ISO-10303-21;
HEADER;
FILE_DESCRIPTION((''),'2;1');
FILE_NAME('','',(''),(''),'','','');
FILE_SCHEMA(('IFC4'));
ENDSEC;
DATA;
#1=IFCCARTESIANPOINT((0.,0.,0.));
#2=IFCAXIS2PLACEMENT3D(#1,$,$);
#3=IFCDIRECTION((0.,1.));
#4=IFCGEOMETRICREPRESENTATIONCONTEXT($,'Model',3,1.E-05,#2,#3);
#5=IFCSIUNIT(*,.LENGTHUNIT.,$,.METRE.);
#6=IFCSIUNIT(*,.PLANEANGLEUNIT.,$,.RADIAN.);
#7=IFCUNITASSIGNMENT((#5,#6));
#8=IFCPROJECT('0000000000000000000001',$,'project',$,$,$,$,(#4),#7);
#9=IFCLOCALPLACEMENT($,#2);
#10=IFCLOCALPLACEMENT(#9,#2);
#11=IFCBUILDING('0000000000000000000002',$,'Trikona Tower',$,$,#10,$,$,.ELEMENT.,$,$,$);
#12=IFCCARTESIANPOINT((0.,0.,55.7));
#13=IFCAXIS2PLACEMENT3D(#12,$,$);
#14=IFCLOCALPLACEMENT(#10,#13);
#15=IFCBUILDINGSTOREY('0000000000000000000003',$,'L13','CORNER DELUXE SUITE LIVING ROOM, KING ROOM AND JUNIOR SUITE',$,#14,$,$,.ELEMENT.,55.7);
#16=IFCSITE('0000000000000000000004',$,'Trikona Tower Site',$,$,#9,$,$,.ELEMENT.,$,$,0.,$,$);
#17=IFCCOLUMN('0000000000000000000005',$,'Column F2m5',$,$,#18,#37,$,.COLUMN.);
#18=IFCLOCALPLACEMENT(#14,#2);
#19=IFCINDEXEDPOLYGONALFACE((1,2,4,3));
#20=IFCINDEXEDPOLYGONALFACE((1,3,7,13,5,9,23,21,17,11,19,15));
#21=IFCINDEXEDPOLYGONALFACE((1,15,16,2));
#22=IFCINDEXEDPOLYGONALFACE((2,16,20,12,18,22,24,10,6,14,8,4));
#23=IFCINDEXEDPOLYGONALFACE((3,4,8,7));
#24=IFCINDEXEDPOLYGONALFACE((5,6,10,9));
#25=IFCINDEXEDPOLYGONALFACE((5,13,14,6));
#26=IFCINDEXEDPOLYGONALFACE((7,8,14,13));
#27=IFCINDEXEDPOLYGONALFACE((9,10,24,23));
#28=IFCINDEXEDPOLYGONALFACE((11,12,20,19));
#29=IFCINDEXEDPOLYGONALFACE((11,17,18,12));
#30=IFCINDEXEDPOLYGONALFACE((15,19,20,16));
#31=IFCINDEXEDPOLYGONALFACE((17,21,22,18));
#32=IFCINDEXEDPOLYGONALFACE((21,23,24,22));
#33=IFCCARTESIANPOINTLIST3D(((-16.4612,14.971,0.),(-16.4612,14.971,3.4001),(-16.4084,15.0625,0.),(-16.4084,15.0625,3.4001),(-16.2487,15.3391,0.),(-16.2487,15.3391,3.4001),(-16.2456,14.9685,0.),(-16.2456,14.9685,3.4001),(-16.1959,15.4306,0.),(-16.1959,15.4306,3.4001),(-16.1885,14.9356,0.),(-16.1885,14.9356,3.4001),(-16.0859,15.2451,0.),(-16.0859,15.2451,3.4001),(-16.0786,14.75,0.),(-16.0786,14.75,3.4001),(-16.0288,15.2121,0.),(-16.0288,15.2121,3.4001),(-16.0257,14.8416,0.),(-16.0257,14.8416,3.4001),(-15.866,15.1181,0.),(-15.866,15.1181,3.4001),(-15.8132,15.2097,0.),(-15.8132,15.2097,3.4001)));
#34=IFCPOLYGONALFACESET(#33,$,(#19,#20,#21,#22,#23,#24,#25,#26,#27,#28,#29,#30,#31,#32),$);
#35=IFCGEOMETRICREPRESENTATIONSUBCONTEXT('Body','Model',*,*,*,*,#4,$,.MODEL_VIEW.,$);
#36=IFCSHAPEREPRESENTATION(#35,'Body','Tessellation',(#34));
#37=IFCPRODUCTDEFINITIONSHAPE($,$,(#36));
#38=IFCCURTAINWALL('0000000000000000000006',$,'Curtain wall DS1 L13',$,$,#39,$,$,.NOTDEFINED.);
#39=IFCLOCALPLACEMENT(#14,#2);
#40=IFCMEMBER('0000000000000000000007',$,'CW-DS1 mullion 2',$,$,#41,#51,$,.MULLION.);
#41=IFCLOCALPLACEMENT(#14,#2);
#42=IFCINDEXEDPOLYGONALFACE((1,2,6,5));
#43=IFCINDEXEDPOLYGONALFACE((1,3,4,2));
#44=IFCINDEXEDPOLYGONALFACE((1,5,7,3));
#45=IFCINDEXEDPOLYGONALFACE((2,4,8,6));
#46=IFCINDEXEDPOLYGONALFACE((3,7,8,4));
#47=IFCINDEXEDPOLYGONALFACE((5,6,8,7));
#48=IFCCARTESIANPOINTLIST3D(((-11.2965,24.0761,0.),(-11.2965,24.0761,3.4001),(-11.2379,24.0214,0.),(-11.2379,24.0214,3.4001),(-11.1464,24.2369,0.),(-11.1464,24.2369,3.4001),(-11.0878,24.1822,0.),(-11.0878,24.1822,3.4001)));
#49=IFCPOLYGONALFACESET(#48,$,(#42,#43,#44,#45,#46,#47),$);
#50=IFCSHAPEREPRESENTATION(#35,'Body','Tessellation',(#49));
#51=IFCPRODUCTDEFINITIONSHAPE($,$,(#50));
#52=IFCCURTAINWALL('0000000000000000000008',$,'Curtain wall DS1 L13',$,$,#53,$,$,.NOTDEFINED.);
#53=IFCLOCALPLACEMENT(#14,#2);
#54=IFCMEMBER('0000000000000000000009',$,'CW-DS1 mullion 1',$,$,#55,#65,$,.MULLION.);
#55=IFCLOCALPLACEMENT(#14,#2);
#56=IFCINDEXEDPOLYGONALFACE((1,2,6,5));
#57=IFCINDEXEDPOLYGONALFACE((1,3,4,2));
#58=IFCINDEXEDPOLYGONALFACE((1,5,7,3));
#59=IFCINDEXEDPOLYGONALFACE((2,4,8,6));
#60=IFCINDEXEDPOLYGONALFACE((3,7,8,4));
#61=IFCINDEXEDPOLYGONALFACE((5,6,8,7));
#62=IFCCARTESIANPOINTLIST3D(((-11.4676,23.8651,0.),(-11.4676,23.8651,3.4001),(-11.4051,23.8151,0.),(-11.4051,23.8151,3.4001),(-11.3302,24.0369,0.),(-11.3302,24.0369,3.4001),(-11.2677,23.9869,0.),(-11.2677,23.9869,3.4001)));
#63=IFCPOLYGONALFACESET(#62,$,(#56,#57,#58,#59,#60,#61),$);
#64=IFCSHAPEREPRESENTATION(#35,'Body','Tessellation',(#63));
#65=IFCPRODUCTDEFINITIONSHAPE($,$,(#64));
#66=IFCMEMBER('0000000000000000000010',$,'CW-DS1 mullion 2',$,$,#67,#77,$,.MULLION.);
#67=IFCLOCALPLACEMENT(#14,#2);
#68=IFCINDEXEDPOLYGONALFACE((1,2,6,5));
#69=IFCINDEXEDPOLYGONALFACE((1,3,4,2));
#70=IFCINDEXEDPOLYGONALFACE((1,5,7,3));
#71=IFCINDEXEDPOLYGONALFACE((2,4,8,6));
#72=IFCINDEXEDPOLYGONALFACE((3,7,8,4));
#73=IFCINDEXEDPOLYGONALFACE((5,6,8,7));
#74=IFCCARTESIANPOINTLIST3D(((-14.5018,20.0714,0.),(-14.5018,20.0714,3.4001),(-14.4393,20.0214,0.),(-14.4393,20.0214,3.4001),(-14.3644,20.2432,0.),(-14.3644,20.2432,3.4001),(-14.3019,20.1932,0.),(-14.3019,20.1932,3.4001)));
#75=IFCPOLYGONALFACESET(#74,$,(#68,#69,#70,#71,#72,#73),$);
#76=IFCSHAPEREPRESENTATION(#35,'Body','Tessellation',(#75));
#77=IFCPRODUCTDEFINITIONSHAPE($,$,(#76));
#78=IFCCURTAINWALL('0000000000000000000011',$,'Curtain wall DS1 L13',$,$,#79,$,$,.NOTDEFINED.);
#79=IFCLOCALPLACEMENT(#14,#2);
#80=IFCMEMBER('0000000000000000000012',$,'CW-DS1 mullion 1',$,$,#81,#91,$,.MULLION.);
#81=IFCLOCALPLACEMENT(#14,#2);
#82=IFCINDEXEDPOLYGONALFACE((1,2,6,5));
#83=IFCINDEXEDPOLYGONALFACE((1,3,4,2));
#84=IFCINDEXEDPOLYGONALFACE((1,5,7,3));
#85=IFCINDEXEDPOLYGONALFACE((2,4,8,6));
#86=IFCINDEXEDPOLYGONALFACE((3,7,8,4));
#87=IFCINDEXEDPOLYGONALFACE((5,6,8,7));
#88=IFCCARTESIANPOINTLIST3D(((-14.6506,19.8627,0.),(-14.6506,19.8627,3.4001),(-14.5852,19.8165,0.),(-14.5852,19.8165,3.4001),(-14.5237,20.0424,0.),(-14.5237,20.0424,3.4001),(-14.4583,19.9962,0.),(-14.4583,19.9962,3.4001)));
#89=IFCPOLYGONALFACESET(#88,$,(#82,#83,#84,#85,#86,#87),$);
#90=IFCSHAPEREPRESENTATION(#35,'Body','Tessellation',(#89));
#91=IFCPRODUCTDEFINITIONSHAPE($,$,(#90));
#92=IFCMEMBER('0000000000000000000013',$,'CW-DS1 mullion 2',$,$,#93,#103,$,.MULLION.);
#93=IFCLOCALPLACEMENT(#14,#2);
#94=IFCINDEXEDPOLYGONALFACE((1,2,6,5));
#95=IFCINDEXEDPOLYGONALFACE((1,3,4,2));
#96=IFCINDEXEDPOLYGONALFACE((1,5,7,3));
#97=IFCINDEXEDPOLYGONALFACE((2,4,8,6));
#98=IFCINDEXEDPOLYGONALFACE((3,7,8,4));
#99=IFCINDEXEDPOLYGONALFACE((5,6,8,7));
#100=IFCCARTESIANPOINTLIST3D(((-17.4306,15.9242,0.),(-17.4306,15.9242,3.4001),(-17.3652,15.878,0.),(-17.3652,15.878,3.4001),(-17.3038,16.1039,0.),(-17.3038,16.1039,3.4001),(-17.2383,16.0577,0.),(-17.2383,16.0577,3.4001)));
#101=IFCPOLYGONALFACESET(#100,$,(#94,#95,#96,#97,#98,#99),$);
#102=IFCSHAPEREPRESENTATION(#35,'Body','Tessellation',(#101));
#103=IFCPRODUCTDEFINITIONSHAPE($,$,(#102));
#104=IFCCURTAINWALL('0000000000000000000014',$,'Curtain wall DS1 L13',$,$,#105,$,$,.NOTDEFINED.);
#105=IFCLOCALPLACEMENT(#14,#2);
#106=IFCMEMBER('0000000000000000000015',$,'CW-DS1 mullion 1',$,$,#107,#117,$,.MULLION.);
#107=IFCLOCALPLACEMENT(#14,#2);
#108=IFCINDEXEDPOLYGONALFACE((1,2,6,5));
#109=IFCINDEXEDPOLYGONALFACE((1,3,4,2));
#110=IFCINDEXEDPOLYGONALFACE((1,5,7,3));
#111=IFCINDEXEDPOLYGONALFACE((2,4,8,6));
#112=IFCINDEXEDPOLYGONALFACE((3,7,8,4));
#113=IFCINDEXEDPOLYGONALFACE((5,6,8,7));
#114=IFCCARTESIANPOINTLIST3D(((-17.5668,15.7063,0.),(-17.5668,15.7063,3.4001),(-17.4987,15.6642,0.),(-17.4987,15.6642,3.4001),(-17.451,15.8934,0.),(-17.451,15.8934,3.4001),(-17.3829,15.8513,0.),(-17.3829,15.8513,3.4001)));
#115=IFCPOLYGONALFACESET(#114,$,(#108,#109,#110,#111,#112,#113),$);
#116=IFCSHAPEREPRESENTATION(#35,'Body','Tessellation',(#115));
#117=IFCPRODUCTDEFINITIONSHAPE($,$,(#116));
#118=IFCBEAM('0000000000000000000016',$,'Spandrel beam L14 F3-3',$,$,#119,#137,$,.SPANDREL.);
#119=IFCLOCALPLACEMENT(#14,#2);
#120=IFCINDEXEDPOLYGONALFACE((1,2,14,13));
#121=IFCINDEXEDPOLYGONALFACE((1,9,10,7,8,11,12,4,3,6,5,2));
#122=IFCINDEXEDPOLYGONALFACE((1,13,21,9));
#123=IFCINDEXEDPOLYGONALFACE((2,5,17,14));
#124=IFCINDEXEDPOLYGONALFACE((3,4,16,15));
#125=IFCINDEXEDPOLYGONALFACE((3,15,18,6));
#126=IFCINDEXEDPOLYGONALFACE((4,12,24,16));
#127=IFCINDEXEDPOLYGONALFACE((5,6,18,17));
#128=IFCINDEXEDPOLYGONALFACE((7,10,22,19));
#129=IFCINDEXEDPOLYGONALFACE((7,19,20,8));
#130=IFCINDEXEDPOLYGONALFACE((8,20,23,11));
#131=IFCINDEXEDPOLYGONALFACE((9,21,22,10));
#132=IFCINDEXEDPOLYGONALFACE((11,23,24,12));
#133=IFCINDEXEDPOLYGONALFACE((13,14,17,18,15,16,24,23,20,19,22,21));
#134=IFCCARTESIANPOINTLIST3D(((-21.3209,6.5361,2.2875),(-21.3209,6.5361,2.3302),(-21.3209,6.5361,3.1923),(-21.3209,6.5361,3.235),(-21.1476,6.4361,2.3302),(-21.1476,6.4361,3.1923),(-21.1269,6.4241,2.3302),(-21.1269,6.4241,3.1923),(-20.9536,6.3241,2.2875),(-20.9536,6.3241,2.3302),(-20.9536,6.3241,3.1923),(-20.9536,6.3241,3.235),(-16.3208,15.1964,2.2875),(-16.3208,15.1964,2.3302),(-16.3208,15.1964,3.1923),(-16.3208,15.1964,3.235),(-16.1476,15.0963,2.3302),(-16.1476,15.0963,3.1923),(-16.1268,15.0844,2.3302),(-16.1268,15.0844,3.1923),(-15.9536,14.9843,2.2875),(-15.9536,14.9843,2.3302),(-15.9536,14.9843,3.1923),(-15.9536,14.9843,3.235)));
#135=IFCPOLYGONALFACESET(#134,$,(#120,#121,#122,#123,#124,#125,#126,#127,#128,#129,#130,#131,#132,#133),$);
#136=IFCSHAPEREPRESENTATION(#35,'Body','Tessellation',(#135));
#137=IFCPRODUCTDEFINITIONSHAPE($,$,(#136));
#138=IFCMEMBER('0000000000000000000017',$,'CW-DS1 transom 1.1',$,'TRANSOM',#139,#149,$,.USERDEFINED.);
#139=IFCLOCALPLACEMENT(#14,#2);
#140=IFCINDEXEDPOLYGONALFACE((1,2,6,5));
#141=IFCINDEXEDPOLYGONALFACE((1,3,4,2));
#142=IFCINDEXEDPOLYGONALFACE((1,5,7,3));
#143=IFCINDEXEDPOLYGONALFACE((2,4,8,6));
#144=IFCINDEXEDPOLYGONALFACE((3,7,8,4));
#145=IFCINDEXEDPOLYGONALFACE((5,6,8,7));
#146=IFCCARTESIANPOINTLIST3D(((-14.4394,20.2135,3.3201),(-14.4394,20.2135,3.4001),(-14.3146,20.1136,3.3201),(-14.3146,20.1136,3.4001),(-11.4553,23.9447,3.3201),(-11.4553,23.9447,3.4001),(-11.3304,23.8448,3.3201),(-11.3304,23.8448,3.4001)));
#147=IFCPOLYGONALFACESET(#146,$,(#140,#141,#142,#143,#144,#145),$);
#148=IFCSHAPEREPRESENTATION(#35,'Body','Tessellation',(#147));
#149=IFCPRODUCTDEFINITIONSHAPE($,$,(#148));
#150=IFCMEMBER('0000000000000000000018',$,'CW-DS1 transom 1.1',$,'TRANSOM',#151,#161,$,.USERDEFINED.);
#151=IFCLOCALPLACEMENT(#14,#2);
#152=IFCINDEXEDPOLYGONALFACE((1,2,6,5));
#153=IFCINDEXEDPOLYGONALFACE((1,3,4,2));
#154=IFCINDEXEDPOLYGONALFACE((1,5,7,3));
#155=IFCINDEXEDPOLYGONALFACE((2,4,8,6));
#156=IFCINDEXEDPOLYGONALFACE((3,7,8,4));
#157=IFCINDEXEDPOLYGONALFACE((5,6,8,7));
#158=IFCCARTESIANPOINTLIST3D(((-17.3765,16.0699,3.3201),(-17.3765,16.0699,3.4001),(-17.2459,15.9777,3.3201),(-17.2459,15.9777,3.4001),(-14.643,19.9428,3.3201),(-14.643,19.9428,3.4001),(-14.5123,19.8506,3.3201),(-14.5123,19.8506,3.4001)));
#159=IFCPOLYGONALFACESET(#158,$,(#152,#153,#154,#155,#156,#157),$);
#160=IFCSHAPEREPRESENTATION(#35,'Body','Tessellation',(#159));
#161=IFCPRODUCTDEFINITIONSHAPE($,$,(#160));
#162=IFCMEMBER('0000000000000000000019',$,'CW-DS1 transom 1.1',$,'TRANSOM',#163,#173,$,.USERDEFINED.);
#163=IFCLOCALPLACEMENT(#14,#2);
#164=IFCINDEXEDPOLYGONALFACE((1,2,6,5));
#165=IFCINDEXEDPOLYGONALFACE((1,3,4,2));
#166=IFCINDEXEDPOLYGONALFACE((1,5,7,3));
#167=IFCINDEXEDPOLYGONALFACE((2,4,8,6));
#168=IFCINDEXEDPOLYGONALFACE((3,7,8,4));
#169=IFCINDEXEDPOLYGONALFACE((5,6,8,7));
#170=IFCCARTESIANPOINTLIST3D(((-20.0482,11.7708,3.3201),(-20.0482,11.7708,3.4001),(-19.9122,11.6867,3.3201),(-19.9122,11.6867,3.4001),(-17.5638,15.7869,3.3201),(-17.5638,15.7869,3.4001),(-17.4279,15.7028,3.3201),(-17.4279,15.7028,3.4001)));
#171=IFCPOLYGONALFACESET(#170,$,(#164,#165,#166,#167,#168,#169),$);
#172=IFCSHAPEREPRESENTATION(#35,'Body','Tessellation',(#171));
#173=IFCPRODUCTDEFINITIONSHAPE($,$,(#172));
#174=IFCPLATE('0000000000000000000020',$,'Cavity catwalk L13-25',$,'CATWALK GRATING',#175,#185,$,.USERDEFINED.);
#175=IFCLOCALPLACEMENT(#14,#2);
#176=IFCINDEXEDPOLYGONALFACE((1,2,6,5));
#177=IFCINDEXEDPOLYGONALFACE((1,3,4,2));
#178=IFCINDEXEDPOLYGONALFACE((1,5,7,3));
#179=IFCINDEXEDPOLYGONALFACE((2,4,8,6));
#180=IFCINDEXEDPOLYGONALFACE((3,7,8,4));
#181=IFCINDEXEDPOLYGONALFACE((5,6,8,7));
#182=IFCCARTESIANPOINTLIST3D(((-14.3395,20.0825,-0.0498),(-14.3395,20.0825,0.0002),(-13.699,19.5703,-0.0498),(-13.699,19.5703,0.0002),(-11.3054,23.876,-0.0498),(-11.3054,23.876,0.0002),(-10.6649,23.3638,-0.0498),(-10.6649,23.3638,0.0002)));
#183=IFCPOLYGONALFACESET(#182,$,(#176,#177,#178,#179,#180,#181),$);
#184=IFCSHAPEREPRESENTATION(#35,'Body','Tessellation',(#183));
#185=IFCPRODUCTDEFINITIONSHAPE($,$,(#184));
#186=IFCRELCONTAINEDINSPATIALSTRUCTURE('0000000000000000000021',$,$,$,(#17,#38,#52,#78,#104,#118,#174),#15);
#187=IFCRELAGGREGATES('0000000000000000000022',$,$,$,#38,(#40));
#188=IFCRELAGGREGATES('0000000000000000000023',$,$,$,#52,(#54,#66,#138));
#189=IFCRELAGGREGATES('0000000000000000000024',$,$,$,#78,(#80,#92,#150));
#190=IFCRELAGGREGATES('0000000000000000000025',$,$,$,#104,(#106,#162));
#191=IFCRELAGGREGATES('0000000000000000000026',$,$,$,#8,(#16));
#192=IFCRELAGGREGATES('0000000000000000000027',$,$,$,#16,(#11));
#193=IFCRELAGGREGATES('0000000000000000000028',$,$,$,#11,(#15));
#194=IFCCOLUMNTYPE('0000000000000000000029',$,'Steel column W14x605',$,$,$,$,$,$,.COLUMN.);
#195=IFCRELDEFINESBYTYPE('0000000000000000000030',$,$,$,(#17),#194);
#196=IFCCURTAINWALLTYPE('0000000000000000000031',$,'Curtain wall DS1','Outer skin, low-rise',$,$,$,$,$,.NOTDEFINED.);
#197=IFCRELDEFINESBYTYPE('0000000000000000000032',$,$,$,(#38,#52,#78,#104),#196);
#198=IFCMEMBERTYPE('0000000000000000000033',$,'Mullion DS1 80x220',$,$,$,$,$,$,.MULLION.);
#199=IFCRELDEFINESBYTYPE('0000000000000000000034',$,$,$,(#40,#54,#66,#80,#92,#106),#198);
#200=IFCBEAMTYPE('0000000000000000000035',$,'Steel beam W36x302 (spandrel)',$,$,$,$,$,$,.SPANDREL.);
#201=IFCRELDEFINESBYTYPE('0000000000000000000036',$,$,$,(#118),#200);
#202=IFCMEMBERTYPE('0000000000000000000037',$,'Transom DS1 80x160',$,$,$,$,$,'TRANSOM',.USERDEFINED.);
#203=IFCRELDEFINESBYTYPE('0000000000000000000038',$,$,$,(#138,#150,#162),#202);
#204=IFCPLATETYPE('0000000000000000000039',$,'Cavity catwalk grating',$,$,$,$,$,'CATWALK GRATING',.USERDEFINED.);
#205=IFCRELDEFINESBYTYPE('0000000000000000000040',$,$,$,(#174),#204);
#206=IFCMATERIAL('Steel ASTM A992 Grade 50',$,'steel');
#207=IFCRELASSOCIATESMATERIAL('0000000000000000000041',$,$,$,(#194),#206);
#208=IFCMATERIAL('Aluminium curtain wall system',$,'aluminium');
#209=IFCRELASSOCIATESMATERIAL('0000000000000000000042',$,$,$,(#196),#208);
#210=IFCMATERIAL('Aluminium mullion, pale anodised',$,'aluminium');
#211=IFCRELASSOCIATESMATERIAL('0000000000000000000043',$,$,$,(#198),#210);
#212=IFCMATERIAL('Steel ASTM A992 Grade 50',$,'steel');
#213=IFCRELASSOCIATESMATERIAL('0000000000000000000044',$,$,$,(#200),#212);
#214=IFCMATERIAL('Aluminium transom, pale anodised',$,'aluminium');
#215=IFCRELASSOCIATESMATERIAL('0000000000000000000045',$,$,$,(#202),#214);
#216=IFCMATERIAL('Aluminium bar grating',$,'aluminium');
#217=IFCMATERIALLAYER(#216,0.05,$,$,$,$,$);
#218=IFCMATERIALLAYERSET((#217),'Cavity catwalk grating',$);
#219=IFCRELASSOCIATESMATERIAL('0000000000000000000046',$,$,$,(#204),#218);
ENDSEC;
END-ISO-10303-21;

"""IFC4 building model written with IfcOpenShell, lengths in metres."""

from ifc_helpers import new_model, si_unit, direction, frame, origin, origin_2d, place, context, subcontext, project, spatial, rectangle, i_section, extrude, material, layer, layer_set, material_profile, profile_set, type_object, element, aggregate, save


model = new_model("IFC4")

# Units and contexts
model_context = context("Model", 3, precision=1e-05, world=origin(), true_north=direction((0.0, 1.0)))
body_context = subcontext(model_context, "Body", "Model", "MODEL_VIEW")
ifc_project = project(units=[si_unit("LENGTHUNIT", "METRE"), si_unit("PLANEANGLEUNIT", "RADIAN")], contexts=[model_context])

# Site, building, storey
site_placement = place(None, origin())
site = spatial("IfcSite", under=ifc_project, at=site_placement, Name="Trikona Tower Site", CompositionType="ELEMENT", RefElevation=0.0)
building_placement = place(site_placement, origin())
building = spatial("IfcBuilding", under=site, at=building_placement, Name="Trikona Tower", CompositionType="ELEMENT")
storey_placement = place(building_placement, frame((0.0, 0.0, 55.7)))
storey = spatial("IfcBuildingStorey", under=building, at=storey_placement, Name="L13", Description="CORNER DELUXE SUITE LIVING ROOM, KING ROOM AND JUNIOR SUITE", CompositionType="ELEMENT", Elevation=55.7)

# Column
ifc_material_1 = material(Name="Steel ASTM A992 Grade 50", Category="steel")
ifc_material_profile_1 = material_profile(ifc_material_1, i_section(OverallWidth=0.4419, OverallDepth=0.5308, WebThickness=0.0659, FlangeThickness=0.1057, at=origin_2d()), Name="W14X605")
ifc_profile_set_1 = profile_set([ifc_material_profile_1], Name="Steel ASTM A992 Grade 50")
column_type = type_object("IfcColumnType", Name="Steel column W14x605", PredefinedType="COLUMN", material=ifc_profile_set_1)
column_placement = place(storey_placement, frame((-16.1372, 15.0903, 0.0), z_axis=(0.0, 0.0, 1.0), x_axis=(-0.866025, 0.5, 0.0)))
element("IfcColumn", 1, at=column_placement, inside=storey, type_object=column_type, Name="Column F2m5", PredefinedType="COLUMN", context=body_context, shape_type="SweptSolid", body=[
    extrude(i_section(OverallWidth=0.4419, OverallDepth=0.5308, WebThickness=0.0659, FlangeThickness=0.1057, at=origin_2d()), origin(), (0.0, 0.0, 1.0), 3.4001),
])

# Curtain wall, member
ifc_material_2 = material(Name="Aluminium curtain wall system", Category="aluminium")
curtain_wall_type = type_object("IfcCurtainWallType", Name="Curtain wall DS1", Description="Outer skin, low-rise", PredefinedType="NOTDEFINED", material=ifc_material_2)
curtain_wall_1_placement = place(storey_placement, origin())
curtain_wall_1 = element("IfcCurtainWall", 2, at=curtain_wall_1_placement, inside=storey, type_object=curtain_wall_type, Name="Curtain wall DS1 L13", PredefinedType="NOTDEFINED")
ifc_material_3 = material(Name="Aluminium mullion, pale anodised", Category="aluminium")
ifc_material_profile_2 = material_profile(ifc_material_3, rectangle(XDim=0.0801, YDim=0.22, at=origin_2d()), Name="MUL-DS1")
ifc_profile_set_2 = profile_set([ifc_material_profile_2], Name="Aluminium mullion, pale anodised")
member_type_1 = type_object("IfcMemberType", Name="Mullion DS1 80x220", PredefinedType="MULLION", material=ifc_profile_set_2)
member_1_placement = place(storey_placement, frame((-11.1921, 24.1292, 0.0), z_axis=(0.0, 0.0, 1.0), x_axis=(0.731077, -0.682295, 0.0)))
member_1 = element("IfcMember", 3, at=member_1_placement, type_object=member_type_1, Name="CW-DS1 mullion 2", PredefinedType="MULLION", context=body_context, shape_type="SweptSolid", body=[
    extrude(rectangle(XDim=0.0801, YDim=0.22, at=origin_2d()), origin(), (0.0, 0.0, 1.0), 3.4001),
])
aggregate(curtain_wall_1, [member_1])

# Curtain walls, members
curtain_wall_2_placement = place(storey_placement, origin())
curtain_wall_2 = element("IfcCurtainWall", 4, at=curtain_wall_2_placement, inside=storey, type_object=curtain_wall_type, Name="Curtain wall DS1 L13", PredefinedType="NOTDEFINED")
member_2_placement = place(storey_placement, frame((-11.3677, 23.926, 0.0), z_axis=(0.0, 0.0, 1.0), x_axis=(0.780938, -0.624609, 0.0)))
member_2 = element("IfcMember", 5, at=member_2_placement, type_object=member_type_1, Name="CW-DS1 mullion 1", PredefinedType="MULLION", context=body_context, shape_type="SweptSolid", body=[
    extrude(rectangle(XDim=0.0801, YDim=0.22, at=origin_2d()), origin(), (0.0, 0.0, 1.0), 3.4001),
])
member_3_placement = place(storey_placement, frame((-14.4019, 20.1323, 0.0), z_axis=(0.0, 0.0, 1.0), x_axis=(0.780938, -0.624609, 0.0)))
member_3 = element("IfcMember", 6, at=member_3_placement, type_object=member_type_1, Name="CW-DS1 mullion 2", PredefinedType="MULLION", context=body_context, shape_type="SweptSolid", body=[
    extrude(rectangle(XDim=0.0801, YDim=0.22, at=origin_2d()), origin(), (0.0, 0.0, 1.0), 3.4001),
])
curtain_wall_3_placement = place(storey_placement, origin())
curtain_wall_3 = element("IfcCurtainWall", 7, at=curtain_wall_3_placement, inside=storey, type_object=curtain_wall_type, Name="Curtain wall DS1 L13", PredefinedType="NOTDEFINED")
member_4_placement = place(storey_placement, frame((-14.5544, 19.9294, 0.0), z_axis=(0.0, 0.0, 1.0), x_axis=(0.816985, -0.576658, 0.0)))
member_4 = element("IfcMember", 8, at=member_4_placement, type_object=member_type_1, Name="CW-DS1 mullion 1", PredefinedType="MULLION", context=body_context, shape_type="SweptSolid", body=[
    extrude(rectangle(XDim=0.0801, YDim=0.22, at=origin_2d()), origin(), (0.0, 0.0, 1.0), 3.4001),
])
member_5_placement = place(storey_placement, frame((-17.3345, 15.991, 0.0), z_axis=(0.0, 0.0, 1.0), x_axis=(0.816985, -0.576658, 0.0)))
member_5 = element("IfcMember", 9, at=member_5_placement, type_object=member_type_1, Name="CW-DS1 mullion 2", PredefinedType="MULLION", context=body_context, shape_type="SweptSolid", body=[
    extrude(rectangle(XDim=0.0801, YDim=0.22, at=origin_2d()), origin(), (0.0, 0.0, 1.0), 3.4001),
])

# Curtain wall, member
curtain_wall_4_placement = place(storey_placement, origin())
curtain_wall_4 = element("IfcCurtainWall", 10, at=curtain_wall_4_placement, inside=storey, type_object=curtain_wall_type, Name="Curtain wall DS1 L13", PredefinedType="NOTDEFINED")
member_6_placement = place(storey_placement, frame((-17.4749, 15.7788, 0.0), z_axis=(0.0, 0.0, 1.0), x_axis=(0.85041, -0.52612, 0.0)))
member_6 = element("IfcMember", 11, at=member_6_placement, type_object=member_type_1, Name="CW-DS1 mullion 1", PredefinedType="MULLION", context=body_context, shape_type="SweptSolid", body=[
    extrude(rectangle(XDim=0.0801, YDim=0.22, at=origin_2d()), origin(), (0.0, 0.0, 1.0), 3.4001),
])

# Beam
ifc_material_4 = material(Name="Steel ASTM A992 Grade 50", Category="steel")
ifc_material_profile_3 = material_profile(ifc_material_4, i_section(OverallWidth=0.4241, OverallDepth=0.9475, WebThickness=0.0239, FlangeThickness=0.0427, at=origin_2d()), Name="W36X302")
ifc_profile_set_3 = profile_set([ifc_material_profile_3], Name="Steel ASTM A992 Grade 50")
beam_type = type_object("IfcBeamType", Name="Steel beam W36x302 (spandrel)", PredefinedType="SPANDREL", material=ifc_profile_set_3)
beam_placement = place(storey_placement, frame((-16.1372, 15.0903, 2.7612), z_axis=(-0.500004, -0.866023, 0.0), x_axis=(0.866023, -0.500004, 0.0)))
element("IfcBeam", 12, at=beam_placement, inside=storey, type_object=beam_type, Name="Spandrel beam L14 F3-3", PredefinedType="SPANDREL", context=body_context, shape_type="SweptSolid", body=[
    extrude(i_section(OverallWidth=0.4241, OverallDepth=0.9475, WebThickness=0.0239, FlangeThickness=0.0427, at=origin_2d()), origin(), (0.0, 0.0, 1.0), 10.0),
])

# Members
ifc_material_5 = material(Name="Aluminium transom, pale anodised", Category="aluminium")
ifc_material_profile_4 = material_profile(ifc_material_5, rectangle(XDim=0.1599, YDim=0.0801, at=origin_2d()), Name="TRN-DS1")
ifc_profile_set_4 = profile_set([ifc_material_profile_4], Name="Aluminium transom, pale anodised")
member_type_2 = type_object("IfcMemberType", Name="Transom DS1 80x160", ElementType="TRANSOM", PredefinedType="USERDEFINED", material=ifc_profile_set_4)
member_7_placement = place(storey_placement, frame((-11.3928, 23.8948, 3.3601), z_axis=(-0.624589, -0.780954, 0.0), x_axis=(0.780954, -0.624589, 0.0)))
member_7 = element("IfcMember", 13, at=member_7_placement, type_object=member_type_2, Name="CW-DS1 transom 1.1", ObjectType="TRANSOM", PredefinedType="USERDEFINED", context=body_context, shape_type="SweptSolid", body=[
    extrude(rectangle(XDim=0.1599, YDim=0.0801, at=origin_2d()), origin(), (0.0, 0.0, 1.0), 4.7778),
])
member_8_placement = place(storey_placement, frame((-14.5776, 19.8967, 3.3601), z_axis=(-0.576645, -0.816995, 0.0), x_axis=(0.816995, -0.576645, 0.0)))
member_8 = element("IfcMember", 14, at=member_8_placement, type_object=member_type_2, Name="CW-DS1 transom 1.1", ObjectType="TRANSOM", PredefinedType="USERDEFINED", context=body_context, shape_type="SweptSolid", body=[
    extrude(rectangle(XDim=0.1599, YDim=0.0801, at=origin_2d()), origin(), (0.0, 0.0, 1.0), 4.7405),
])
member_9_placement = place(storey_placement, frame((-17.4958, 15.7449, 3.3601), z_axis=(-0.526081, -0.850435, 0.0), x_axis=(0.850435, -0.526081, 0.0)))
member_9 = element("IfcMember", 15, at=member_9_placement, type_object=member_type_2, Name="CW-DS1 transom 1.1", ObjectType="TRANSOM", PredefinedType="USERDEFINED", context=body_context, shape_type="SweptSolid", body=[
    extrude(rectangle(XDim=0.1599, YDim=0.0801, at=origin_2d()), origin(), (0.0, 0.0, 1.0), 4.7224),
])

# Plate
ifc_material_6 = material(Name="Aluminium bar grating", Category="aluminium")
ifc_layer_1 = layer(ifc_material_6, 0.05)
ifc_layer_set_1 = layer_set([ifc_layer_1], Name="Cavity catwalk grating")
plate_type_1 = type_object("IfcPlateType", Name="Cavity catwalk grating", ElementType="CATWALK GRATING", PredefinedType="USERDEFINED", material=ifc_layer_set_1)
plate_1_placement = place(storey_placement, frame((-12.5022, 21.7231, -0.0498), z_axis=(0.0, 0.0, 1.0), x_axis=(-0.624604, -0.780942, 0.0)))
element("IfcPlate", 16, at=plate_1_placement, inside=storey, type_object=plate_type_1, Name="Cavity catwalk L13-25", ObjectType="CATWALK GRATING", PredefinedType="USERDEFINED", context=body_context, shape_type="SweptSolid", body=[
    extrude(rectangle(XDim=4.8577, YDim=0.8201, at=origin_2d()), origin(), (0.0, 0.0, 1.0), 0.05),
])

aggregate(curtain_wall_2, [member_2, member_3, member_7])
aggregate(curtain_wall_3, [member_4, member_5, member_8])
aggregate(curtain_wall_4, [member_6, member_9])

save(model, "model.ifc")
